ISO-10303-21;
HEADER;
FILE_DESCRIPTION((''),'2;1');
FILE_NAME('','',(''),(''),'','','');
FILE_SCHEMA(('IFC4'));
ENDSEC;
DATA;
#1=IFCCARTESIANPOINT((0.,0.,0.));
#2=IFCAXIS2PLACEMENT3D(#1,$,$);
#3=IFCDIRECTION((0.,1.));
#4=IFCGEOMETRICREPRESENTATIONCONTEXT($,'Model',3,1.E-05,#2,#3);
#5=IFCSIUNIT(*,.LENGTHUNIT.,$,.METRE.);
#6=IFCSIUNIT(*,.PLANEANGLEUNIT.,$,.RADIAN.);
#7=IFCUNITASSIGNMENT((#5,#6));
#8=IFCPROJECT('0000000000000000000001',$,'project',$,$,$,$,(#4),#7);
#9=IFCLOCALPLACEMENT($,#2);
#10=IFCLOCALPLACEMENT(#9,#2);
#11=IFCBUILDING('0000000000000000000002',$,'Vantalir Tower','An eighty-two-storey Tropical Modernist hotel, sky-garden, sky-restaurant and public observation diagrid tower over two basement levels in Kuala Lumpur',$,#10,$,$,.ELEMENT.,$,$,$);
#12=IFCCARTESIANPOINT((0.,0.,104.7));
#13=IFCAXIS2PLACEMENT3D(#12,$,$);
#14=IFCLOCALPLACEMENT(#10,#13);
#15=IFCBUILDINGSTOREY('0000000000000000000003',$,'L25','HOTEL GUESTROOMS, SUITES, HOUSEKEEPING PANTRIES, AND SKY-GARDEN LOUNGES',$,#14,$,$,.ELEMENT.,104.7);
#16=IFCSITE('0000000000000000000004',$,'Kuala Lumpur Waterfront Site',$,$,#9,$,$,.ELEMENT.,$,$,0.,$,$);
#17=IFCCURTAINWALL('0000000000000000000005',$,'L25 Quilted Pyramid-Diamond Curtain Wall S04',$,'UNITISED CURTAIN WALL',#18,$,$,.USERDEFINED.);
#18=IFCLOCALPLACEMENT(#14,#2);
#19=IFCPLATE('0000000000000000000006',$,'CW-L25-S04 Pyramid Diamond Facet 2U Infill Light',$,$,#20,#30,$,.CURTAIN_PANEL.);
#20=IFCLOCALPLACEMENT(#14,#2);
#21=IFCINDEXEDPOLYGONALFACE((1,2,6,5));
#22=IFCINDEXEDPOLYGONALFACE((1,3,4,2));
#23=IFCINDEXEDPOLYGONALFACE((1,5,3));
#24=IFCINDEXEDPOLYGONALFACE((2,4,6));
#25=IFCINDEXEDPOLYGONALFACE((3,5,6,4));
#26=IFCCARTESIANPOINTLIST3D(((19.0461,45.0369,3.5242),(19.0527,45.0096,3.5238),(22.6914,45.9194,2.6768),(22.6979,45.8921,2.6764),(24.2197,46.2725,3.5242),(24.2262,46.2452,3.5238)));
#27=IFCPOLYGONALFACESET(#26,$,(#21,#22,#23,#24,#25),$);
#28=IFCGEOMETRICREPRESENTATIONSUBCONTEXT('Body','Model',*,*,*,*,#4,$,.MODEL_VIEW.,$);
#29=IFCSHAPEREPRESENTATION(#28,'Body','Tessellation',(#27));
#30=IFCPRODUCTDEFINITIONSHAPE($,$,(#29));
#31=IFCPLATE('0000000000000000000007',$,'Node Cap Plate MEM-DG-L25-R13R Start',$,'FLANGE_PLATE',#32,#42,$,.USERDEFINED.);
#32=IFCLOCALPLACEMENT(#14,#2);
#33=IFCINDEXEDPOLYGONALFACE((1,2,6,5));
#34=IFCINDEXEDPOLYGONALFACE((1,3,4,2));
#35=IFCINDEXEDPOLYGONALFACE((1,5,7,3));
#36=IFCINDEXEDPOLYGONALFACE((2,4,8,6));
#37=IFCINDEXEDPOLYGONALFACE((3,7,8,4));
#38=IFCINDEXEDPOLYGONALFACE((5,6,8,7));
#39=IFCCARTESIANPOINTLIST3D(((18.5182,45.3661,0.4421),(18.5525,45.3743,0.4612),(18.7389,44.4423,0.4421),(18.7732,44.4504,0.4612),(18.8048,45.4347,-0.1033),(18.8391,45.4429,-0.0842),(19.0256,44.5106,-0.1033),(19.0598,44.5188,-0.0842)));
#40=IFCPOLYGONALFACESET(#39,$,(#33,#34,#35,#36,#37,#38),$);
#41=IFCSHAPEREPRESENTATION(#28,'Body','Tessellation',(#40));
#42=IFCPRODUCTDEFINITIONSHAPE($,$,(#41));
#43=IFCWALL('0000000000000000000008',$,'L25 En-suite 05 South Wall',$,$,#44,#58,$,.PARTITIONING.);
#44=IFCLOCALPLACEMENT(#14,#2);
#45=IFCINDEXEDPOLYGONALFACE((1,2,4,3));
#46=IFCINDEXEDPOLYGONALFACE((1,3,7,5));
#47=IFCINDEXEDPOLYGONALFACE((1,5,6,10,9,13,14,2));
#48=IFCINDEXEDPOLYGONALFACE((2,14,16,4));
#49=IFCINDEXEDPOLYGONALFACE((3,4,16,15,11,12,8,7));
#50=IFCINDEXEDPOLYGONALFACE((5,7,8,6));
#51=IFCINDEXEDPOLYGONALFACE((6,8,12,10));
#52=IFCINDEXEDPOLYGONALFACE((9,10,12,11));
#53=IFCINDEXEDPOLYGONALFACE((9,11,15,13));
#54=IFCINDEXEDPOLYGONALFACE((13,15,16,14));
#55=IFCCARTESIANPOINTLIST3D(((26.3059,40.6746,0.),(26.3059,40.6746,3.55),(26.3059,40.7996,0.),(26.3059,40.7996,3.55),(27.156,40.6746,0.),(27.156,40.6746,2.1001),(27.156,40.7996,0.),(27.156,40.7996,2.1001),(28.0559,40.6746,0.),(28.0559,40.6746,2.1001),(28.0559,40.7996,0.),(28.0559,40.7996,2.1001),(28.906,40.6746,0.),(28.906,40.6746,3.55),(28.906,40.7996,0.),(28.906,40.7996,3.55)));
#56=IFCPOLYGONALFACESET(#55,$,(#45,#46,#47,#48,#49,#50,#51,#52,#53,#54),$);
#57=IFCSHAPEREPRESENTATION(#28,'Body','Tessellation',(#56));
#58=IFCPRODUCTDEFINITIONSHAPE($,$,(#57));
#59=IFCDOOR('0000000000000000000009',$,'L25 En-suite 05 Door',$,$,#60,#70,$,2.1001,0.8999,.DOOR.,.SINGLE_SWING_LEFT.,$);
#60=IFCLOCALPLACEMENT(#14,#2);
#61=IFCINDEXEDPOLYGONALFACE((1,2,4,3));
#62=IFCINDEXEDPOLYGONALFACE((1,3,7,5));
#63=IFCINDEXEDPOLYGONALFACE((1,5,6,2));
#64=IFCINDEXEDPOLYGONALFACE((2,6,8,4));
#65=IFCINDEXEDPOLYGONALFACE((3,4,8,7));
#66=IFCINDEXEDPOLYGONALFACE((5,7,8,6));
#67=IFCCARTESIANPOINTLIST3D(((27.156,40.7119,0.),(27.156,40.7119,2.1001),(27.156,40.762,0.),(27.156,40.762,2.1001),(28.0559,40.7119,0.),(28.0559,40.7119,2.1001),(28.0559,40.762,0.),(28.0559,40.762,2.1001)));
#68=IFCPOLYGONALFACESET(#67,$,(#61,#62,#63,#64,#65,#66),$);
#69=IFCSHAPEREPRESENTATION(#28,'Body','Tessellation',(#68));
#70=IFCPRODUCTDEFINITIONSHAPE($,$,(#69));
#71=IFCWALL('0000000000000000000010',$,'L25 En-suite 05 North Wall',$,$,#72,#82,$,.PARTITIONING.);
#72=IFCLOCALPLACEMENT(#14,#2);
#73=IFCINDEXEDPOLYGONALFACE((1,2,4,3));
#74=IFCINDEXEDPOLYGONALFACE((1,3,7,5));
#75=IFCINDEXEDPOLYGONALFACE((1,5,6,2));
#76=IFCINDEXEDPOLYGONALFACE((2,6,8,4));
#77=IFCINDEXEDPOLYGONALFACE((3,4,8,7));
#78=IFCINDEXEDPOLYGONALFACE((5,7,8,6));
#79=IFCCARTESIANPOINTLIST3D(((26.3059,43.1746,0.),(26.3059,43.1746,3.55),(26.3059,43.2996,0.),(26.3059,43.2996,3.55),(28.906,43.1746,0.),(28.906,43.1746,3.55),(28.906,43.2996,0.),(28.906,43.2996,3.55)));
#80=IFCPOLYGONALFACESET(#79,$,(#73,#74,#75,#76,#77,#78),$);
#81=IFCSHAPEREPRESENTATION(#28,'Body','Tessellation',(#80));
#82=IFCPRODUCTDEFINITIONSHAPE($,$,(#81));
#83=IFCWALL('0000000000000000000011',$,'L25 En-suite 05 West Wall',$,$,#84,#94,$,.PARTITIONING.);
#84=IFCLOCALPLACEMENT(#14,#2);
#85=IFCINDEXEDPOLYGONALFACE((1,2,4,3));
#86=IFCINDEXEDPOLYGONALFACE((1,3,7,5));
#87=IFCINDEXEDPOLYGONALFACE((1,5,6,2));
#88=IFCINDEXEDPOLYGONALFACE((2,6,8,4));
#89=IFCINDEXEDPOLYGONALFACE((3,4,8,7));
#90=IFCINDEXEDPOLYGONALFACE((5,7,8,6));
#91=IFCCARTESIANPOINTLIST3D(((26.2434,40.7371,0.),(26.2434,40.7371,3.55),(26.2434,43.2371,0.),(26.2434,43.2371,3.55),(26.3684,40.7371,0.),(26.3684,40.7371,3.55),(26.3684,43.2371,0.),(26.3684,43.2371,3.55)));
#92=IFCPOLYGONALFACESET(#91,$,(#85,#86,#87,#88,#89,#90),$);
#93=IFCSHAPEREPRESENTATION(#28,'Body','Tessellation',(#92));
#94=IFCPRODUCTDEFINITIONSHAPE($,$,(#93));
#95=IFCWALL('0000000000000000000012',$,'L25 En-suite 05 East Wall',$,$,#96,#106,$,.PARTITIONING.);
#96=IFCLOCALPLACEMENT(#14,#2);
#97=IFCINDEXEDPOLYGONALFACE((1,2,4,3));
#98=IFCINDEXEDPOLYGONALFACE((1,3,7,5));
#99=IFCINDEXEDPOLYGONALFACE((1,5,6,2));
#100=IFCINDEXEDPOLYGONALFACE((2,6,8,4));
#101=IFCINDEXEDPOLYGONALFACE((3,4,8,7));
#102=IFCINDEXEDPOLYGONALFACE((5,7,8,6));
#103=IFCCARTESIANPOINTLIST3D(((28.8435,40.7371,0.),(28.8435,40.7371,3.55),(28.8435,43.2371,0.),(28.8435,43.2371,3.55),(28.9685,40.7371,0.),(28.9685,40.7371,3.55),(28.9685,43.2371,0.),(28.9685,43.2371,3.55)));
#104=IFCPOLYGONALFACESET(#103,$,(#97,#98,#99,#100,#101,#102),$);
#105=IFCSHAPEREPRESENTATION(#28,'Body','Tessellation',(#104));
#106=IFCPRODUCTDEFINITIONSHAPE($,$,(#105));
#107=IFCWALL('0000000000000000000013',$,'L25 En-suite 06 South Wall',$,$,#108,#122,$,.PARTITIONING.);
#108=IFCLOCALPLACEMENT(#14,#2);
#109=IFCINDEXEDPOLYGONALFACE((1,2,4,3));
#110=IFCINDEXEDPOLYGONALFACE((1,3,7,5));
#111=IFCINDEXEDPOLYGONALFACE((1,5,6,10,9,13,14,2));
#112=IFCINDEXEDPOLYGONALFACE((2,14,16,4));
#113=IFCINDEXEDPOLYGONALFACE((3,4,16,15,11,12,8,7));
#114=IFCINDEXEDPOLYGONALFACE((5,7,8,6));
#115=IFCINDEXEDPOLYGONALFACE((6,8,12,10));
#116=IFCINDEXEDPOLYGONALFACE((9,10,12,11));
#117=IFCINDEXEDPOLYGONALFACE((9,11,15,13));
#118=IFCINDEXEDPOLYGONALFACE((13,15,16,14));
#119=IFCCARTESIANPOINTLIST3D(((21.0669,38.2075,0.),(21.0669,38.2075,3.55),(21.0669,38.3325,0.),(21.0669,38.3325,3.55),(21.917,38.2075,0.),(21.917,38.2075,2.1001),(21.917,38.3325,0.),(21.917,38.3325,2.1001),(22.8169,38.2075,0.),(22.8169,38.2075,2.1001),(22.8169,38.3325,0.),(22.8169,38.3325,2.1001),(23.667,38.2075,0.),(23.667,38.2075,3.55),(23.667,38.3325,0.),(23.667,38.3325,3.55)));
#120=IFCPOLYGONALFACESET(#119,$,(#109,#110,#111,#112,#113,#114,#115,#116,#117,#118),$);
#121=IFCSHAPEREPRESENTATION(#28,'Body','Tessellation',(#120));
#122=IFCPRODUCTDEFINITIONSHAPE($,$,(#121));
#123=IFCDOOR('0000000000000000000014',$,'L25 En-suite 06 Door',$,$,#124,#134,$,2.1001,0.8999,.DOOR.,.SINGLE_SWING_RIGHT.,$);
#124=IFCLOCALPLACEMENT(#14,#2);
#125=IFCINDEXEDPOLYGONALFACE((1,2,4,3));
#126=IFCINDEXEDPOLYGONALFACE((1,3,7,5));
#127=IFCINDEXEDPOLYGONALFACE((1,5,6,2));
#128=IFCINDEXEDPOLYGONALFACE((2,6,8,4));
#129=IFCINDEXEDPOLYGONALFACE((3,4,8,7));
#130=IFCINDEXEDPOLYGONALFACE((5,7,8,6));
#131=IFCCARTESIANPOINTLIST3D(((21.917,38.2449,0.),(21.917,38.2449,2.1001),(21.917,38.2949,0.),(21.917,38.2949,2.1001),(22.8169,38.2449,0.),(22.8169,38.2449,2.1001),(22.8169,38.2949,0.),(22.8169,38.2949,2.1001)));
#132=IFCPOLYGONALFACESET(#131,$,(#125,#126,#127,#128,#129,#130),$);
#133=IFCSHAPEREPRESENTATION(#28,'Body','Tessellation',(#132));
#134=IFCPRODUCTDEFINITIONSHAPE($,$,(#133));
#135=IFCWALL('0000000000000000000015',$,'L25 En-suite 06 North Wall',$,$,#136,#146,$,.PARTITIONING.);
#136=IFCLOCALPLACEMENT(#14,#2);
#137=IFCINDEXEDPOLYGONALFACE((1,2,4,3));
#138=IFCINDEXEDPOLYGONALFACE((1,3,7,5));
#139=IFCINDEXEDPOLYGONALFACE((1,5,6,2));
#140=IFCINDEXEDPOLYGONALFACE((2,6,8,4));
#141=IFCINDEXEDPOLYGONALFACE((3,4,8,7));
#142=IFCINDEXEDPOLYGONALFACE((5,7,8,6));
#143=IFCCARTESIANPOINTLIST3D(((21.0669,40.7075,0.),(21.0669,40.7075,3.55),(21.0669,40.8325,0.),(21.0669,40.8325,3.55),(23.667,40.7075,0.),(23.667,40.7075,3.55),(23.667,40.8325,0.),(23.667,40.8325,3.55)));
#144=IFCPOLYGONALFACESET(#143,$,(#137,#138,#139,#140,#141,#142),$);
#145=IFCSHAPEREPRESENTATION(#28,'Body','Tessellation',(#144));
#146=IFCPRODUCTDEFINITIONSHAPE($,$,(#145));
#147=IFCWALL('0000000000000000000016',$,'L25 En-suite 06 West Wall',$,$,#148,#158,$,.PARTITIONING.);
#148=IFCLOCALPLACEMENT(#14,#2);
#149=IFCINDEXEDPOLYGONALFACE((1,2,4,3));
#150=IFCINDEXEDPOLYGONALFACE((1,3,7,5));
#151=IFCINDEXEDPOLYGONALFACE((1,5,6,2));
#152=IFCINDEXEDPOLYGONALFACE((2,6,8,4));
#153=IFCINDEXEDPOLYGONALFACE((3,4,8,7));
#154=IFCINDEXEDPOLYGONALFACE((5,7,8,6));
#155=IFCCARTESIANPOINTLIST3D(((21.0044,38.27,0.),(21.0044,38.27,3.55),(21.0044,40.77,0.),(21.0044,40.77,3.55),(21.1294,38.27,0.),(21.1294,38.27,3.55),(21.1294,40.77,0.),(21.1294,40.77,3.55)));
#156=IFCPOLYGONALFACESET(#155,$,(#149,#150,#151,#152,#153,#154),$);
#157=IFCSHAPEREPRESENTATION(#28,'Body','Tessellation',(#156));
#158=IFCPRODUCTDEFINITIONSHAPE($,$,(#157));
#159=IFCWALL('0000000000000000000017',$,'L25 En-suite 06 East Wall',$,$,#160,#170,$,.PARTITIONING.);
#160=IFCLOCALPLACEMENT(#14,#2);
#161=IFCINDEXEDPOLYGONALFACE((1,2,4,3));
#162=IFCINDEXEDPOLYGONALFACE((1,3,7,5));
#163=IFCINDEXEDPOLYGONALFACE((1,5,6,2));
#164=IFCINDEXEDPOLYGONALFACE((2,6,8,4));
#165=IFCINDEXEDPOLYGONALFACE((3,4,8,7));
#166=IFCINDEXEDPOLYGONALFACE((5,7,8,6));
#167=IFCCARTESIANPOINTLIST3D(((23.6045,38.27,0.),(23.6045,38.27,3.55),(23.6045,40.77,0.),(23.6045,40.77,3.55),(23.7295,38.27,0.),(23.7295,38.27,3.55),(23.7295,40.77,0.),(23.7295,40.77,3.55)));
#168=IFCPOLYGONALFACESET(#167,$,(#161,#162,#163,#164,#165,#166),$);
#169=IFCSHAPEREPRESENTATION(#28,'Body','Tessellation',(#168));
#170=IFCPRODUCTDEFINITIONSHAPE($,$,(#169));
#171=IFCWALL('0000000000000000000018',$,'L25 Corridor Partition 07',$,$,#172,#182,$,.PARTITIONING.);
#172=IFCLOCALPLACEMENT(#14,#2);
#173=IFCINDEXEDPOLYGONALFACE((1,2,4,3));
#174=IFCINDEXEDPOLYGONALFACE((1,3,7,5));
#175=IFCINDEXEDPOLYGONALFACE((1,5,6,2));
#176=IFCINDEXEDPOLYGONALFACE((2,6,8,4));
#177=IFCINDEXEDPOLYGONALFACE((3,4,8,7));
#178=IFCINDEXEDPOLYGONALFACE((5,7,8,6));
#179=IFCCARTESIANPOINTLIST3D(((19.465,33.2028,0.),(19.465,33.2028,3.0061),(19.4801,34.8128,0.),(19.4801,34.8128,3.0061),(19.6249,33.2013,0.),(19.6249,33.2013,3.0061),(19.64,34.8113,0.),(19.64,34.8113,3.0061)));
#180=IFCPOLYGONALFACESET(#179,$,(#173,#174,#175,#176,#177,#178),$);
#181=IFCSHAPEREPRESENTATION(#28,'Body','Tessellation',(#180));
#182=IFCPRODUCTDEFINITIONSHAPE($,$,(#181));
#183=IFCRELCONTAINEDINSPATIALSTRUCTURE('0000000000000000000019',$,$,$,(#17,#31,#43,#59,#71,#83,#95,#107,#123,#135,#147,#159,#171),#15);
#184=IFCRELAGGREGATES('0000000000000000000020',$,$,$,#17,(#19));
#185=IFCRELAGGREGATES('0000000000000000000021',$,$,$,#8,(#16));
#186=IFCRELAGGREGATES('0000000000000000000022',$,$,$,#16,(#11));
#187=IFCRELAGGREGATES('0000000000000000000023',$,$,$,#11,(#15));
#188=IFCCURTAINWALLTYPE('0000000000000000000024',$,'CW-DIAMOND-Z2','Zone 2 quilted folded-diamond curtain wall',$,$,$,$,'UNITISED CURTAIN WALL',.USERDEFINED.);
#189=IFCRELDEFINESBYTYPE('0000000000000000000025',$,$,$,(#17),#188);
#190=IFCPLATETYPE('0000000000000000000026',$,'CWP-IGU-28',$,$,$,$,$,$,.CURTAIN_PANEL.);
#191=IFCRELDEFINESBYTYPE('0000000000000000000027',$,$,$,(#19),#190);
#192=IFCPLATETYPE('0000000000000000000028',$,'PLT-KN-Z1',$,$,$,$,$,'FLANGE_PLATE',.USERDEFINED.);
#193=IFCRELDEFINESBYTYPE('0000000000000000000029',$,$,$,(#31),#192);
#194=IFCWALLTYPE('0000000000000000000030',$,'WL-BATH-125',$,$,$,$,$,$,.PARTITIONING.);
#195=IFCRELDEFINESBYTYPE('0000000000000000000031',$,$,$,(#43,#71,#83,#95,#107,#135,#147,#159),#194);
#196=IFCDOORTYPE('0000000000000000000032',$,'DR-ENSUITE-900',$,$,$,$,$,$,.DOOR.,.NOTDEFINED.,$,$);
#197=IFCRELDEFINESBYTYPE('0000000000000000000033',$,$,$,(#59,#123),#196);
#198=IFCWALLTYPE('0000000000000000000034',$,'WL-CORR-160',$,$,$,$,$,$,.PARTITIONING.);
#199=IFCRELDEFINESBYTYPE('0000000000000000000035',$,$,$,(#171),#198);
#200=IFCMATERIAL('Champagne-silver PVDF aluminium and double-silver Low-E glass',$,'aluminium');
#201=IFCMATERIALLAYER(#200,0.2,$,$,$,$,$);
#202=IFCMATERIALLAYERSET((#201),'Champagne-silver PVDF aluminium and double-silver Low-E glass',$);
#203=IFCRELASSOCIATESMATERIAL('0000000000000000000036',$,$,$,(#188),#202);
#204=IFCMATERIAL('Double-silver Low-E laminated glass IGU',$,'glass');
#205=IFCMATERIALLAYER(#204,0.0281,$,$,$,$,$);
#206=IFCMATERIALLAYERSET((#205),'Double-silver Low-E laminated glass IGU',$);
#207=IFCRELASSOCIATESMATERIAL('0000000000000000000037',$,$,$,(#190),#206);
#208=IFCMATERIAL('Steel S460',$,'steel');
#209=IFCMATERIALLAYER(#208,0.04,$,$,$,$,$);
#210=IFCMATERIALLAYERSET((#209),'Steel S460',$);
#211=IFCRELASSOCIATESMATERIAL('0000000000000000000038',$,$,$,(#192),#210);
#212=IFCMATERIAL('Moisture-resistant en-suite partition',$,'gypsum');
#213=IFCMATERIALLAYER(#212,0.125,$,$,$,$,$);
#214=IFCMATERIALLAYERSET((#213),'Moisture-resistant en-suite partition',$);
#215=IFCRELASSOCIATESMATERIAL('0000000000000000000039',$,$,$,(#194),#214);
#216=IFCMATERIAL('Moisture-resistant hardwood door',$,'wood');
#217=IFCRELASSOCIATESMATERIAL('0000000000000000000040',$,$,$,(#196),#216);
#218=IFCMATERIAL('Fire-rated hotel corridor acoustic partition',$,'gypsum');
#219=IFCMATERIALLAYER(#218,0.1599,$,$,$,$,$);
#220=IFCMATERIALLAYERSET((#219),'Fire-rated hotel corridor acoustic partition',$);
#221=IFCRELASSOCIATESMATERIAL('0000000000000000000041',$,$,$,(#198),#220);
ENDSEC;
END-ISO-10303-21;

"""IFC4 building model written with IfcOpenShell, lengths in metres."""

from ifc_helpers import new_model, si_unit, direction, frame, frame_2d, origin, place, context, subcontext, project, spatial, polyline, rectangle, outline, extrude, material, layer, layer_set, type_object, element, fill, aggregate, save


model = new_model("IFC4")

# Units and contexts
model_context = context("Model", 3, precision=1e-05, world=origin(), true_north=direction((0.0, 1.0)))
body_context = subcontext(model_context, "Body", "Model", "MODEL_VIEW")
ifc_project = project(units=[si_unit("LENGTHUNIT", "METRE"), si_unit("PLANEANGLEUNIT", "RADIAN")], contexts=[model_context])

# Site, building, storey
site_placement = place(None, origin())
site = spatial("IfcSite", under=ifc_project, at=site_placement, Name="Kuala Lumpur Waterfront Site", CompositionType="ELEMENT", RefElevation=0.0)
building_placement = place(site_placement, origin())
building = spatial("IfcBuilding", under=site, at=building_placement, Name="Vantalir Tower", Description="An eighty-two-storey Tropical Modernist hotel, sky-garden, sky-restaurant and public observation diagrid tower over two basement levels in Kuala Lumpur", CompositionType="ELEMENT")
storey_placement = place(building_placement, frame((0.0, 0.0, 104.7)))
storey = spatial("IfcBuildingStorey", under=building, at=storey_placement, Name="L25", Description="HOTEL GUESTROOMS, SUITES, HOUSEKEEPING PANTRIES, AND SKY-GARDEN LOUNGES", CompositionType="ELEMENT", Elevation=104.7)

# Shared definitions
ifc_material_1 = material(Name="Steel S460", Category="steel")

# Curtain wall
ifc_material_2 = material(Name="Champagne-silver PVDF aluminium and double-silver Low-E glass", Category="aluminium")
ifc_layer_1 = layer(ifc_material_2, 0.2)
ifc_layer_set_1 = layer_set([ifc_layer_1], Name="Champagne-silver PVDF aluminium and double-silver Low-E glass")
curtain_wall_type = type_object("IfcCurtainWallType", Name="CW-DIAMOND-Z2", Description="Zone 2 quilted folded-diamond curtain wall", ElementType="UNITISED CURTAIN WALL", PredefinedType="USERDEFINED", material=ifc_layer_set_1)
curtain_wall_placement = place(storey_placement, origin())
curtain_wall = element("IfcCurtainWall", 1, at=curtain_wall_placement, inside=storey, type_object=curtain_wall_type, Name="L25 Quilted Pyramid-Diamond Curtain Wall S04", ObjectType="UNITISED CURTAIN WALL", PredefinedType="USERDEFINED")

# Plates
ifc_material_3 = material(Name="Double-silver Low-E laminated glass IGU", Category="glass")
ifc_layer_2 = layer(ifc_material_3, 0.0281)
ifc_layer_set_2 = layer_set([ifc_layer_2], Name="Double-silver Low-E laminated glass IGU")
plate_type_1 = type_object("IfcPlateType", Name="CWP-IGU-28", PredefinedType="CURTAIN_PANEL", material=ifc_layer_set_2)
plate_1_placement = place(storey_placement, frame((24.2197, 46.2725, 3.5242), z_axis=(-0.232273, 0.972554, 0.013747), x_axis=(-0.972645, -0.232295, 0.0)))
plate_1 = element("IfcPlate", 2, at=plate_1_placement, type_object=plate_type_1, Name="CW-L25-S04 Pyramid Diamond Facet 2U Infill Light", PredefinedType="CURTAIN_PANEL", context=body_context, shape_type="SweptSolid", body=[
    extrude(outline(polyline([(0.0, 0.0), (5.3191, 0.0), (1.5685, -0.8475), (0.0, 0.0)])), origin(), (0.0, 0.0, -1.0), 0.0281),
])
aggregate(curtain_wall, [plate_1])
ifc_layer_3 = layer(ifc_material_1, 0.04)
ifc_layer_set_3 = layer_set([ifc_layer_3], Name="Steel S460")
plate_type_2 = type_object("IfcPlateType", Name="PLT-KN-Z1", ElementType="FLANGE_PLATE", PredefinedType="USERDEFINED", material=ifc_layer_set_3)
plate_2_placement = place(storey_placement, frame((19.0598, 44.5188, -0.0842), z_axis=(0.855718, 0.204405, 0.475358), x_axis=(-0.232326, 0.972638, -0.000012)))
element("IfcPlate", 3, at=plate_2_placement, inside=storey, type_object=plate_type_2, Name="Node Cap Plate MEM-DG-L25-R13R Start", ObjectType="FLANGE_PLATE", PredefinedType="USERDEFINED", context=body_context, shape_type="SweptSolid", body=[
    extrude(outline(polyline([(0.0, 0.0), (0.9501, 0.0), (0.9499, 0.6199), (0.0001, 0.6199), (0.0, 0.0)])), origin(), (0.0, 0.0, -1.0), 0.04),
])

# Wall, opening, door
ifc_material_4 = material(Name="Moisture-resistant en-suite partition", Category="gypsum")
ifc_layer_4 = layer(ifc_material_4, 0.125)
ifc_layer_set_4 = layer_set([ifc_layer_4], Name="Moisture-resistant en-suite partition")
wall_type_1 = type_object("IfcWallType", Name="WL-BATH-125", PredefinedType="PARTITIONING", material=ifc_layer_set_4)
wall_1_placement = place(storey_placement, frame((26.3059, 40.7371, 0.0), z_axis=(0.0, 0.0, 1.0), x_axis=(1.0, 0.0, 0.0)))
wall_1 = element("IfcWall", 4, at=wall_1_placement, inside=storey, type_object=wall_type_1, Name="L25 En-suite 05 South Wall", PredefinedType="PARTITIONING", context=body_context, shape_type="SweptSolid", body=[
    extrude(rectangle(XDim=2.6001, YDim=0.125, at=frame_2d((1.3, 0.0))), origin(), (0.0, 0.0, 1.0), 3.55),
])
opening_1_placement = place(wall_1_placement, frame((0.8501, 0.0, 0.0)))
opening_1 = element("IfcOpeningElement", 5, at=opening_1_placement, cuts=wall_1, PredefinedType="OPENING", context=body_context, shape_type="SweptSolid", body=[
    extrude(rectangle(XDim=0.8999, YDim=2.1001, at=frame_2d((0.45, 1.05))), frame((0.0, 0.0725, 0.0), z_axis=(0.0, -1.0, 0.0), x_axis=(1.0, 0.0, 0.0)), (0.0, 0.0, 1.0), 0.145),
])
ifc_material_5 = material(Name="Moisture-resistant hardwood door", Category="wood")
door_type_1 = type_object("IfcDoorType", Name="DR-ENSUITE-900", OperationType="NOTDEFINED", PredefinedType="DOOR", material=ifc_material_5)
door_1_placement = place(opening_1_placement, origin())
door_1 = element("IfcDoor", 6, at=door_1_placement, inside=storey, type_object=door_type_1, Name="L25 En-suite 05 Door", OperationType="SINGLE_SWING_LEFT", OverallHeight=2.1001, OverallWidth=0.8999, PredefinedType="DOOR", context=body_context, shape_type="SweptSolid", body=[
    extrude(rectangle(XDim=0.8999, YDim=2.1001, at=frame_2d((0.45, 1.05))), frame((0.0, 0.0249, 0.0), z_axis=(0.0, -1.0, 0.0), x_axis=(1.0, 0.0, 0.0)), (0.0, 0.0, 1.0), 0.05),
])
fill(opening_1, door_1)

# Walls
wall_2_placement = place(storey_placement, frame((26.3059, 43.2371, 0.0), z_axis=(0.0, 0.0, 1.0), x_axis=(1.0, 0.0, 0.0)))
element("IfcWall", 7, at=wall_2_placement, inside=storey, type_object=wall_type_1, Name="L25 En-suite 05 North Wall", PredefinedType="PARTITIONING", context=body_context, shape_type="SweptSolid", body=[
    extrude(rectangle(XDim=2.6001, YDim=0.125, at=frame_2d((1.3, 0.0))), origin(), (0.0, 0.0, 1.0), 3.55),
])
for number, where, z_axis, x_axis, name in (
    (8, (26.3059, 40.7371, 0.0), (0.0, 0.0, 1.0), (0.0, 1.0, 0.0), "L25 En-suite 05 West Wall"),
    (9, (28.906, 40.7371, 0.0), (0.0, 0.0, 1.0), (0.0, 1.0, 0.0), "L25 En-suite 05 East Wall"),
):
    element("IfcWall", number, at=place(storey_placement, frame(where, z_axis=z_axis, x_axis=x_axis)), inside=storey, type_object=wall_type_1, Name=name, PredefinedType="PARTITIONING", context=body_context, shape_type="SweptSolid", body=[
        extrude(rectangle(XDim=2.5, YDim=0.125, at=frame_2d((1.25, 0.0))), origin(), (0.0, 0.0, 1.0), 3.55),
    ])

# Wall, opening, door
wall_3_placement = place(storey_placement, frame((21.0669, 38.27, 0.0), z_axis=(0.0, 0.0, 1.0), x_axis=(1.0, 0.0, 0.0)))
wall_3 = element("IfcWall", 10, at=wall_3_placement, inside=storey, type_object=wall_type_1, Name="L25 En-suite 06 South Wall", PredefinedType="PARTITIONING", context=body_context, shape_type="SweptSolid", body=[
    extrude(rectangle(XDim=2.6001, YDim=0.125, at=frame_2d((1.3, 0.0))), origin(), (0.0, 0.0, 1.0), 3.55),
])
opening_2_placement = place(wall_3_placement, frame((0.8501, 0.0, 0.0)))
opening_2 = element("IfcOpeningElement", 11, at=opening_2_placement, cuts=wall_3, PredefinedType="OPENING", context=body_context, shape_type="SweptSolid", body=[
    extrude(rectangle(XDim=0.8999, YDim=2.1001, at=frame_2d((0.45, 1.05))), frame((0.0, 0.0725, 0.0), z_axis=(0.0, -1.0, 0.0), x_axis=(1.0, 0.0, 0.0)), (0.0, 0.0, 1.0), 0.145),
])
door_2_placement = place(opening_2_placement, origin())
door_2 = element("IfcDoor", 12, at=door_2_placement, inside=storey, type_object=door_type_1, Name="L25 En-suite 06 Door", OperationType="SINGLE_SWING_RIGHT", OverallHeight=2.1001, OverallWidth=0.8999, PredefinedType="DOOR", context=body_context, shape_type="SweptSolid", body=[
    extrude(rectangle(XDim=0.8999, YDim=2.1001, at=frame_2d((0.45, 1.05))), frame((0.0, 0.0249, 0.0), z_axis=(0.0, -1.0, 0.0), x_axis=(1.0, 0.0, 0.0)), (0.0, 0.0, 1.0), 0.05),
])
fill(opening_2, door_2)

# Walls
wall_4_placement = place(storey_placement, frame((21.0669, 40.77, 0.0), z_axis=(0.0, 0.0, 1.0), x_axis=(1.0, 0.0, 0.0)))
element("IfcWall", 13, at=wall_4_placement, inside=storey, type_object=wall_type_1, Name="L25 En-suite 06 North Wall", PredefinedType="PARTITIONING", context=body_context, shape_type="SweptSolid", body=[
    extrude(rectangle(XDim=2.6001, YDim=0.125, at=frame_2d((1.3, 0.0))), origin(), (0.0, 0.0, 1.0), 3.55),
])
for number, where, z_axis, x_axis, name in (
    (14, (21.0669, 38.27, 0.0), (0.0, 0.0, 1.0), (0.0, 1.0, 0.0), "L25 En-suite 06 West Wall"),
    (15, (23.667, 38.27, 0.0), (0.0, 0.0, 1.0), (0.0, 1.0, 0.0), "L25 En-suite 06 East Wall"),
):
    element("IfcWall", number, at=place(storey_placement, frame(where, z_axis=z_axis, x_axis=x_axis)), inside=storey, type_object=wall_type_1, Name=name, PredefinedType="PARTITIONING", context=body_context, shape_type="SweptSolid", body=[
        extrude(rectangle(XDim=2.5, YDim=0.125, at=frame_2d((1.25, 0.0))), origin(), (0.0, 0.0, 1.0), 3.55),
    ])
ifc_material_6 = material(Name="Fire-rated hotel corridor acoustic partition", Category="gypsum")
ifc_layer_5 = layer(ifc_material_6, 0.1599)
ifc_layer_set_5 = layer_set([ifc_layer_5], Name="Fire-rated hotel corridor acoustic partition")
wall_type_2 = type_object("IfcWallType", Name="WL-CORR-160", PredefinedType="PARTITIONING", material=ifc_layer_set_5)
wall_5_placement = place(storey_placement, frame((19.5449, 33.2019, 0.0), z_axis=(0.0, 0.0, 1.0), x_axis=(0.009401, 0.999956, 0.0)))
element("IfcWall", 16, at=wall_5_placement, inside=storey, type_object=wall_type_2, Name="L25 Corridor Partition 07", PredefinedType="PARTITIONING", context=body_context, shape_type="SweptSolid", body=[
    extrude(rectangle(XDim=1.6101, YDim=0.1599, at=frame_2d((0.8052, 0.0))), origin(), (0.0, 0.0, 1.0), 3.0061),
])

save(model, "model.ifc")
